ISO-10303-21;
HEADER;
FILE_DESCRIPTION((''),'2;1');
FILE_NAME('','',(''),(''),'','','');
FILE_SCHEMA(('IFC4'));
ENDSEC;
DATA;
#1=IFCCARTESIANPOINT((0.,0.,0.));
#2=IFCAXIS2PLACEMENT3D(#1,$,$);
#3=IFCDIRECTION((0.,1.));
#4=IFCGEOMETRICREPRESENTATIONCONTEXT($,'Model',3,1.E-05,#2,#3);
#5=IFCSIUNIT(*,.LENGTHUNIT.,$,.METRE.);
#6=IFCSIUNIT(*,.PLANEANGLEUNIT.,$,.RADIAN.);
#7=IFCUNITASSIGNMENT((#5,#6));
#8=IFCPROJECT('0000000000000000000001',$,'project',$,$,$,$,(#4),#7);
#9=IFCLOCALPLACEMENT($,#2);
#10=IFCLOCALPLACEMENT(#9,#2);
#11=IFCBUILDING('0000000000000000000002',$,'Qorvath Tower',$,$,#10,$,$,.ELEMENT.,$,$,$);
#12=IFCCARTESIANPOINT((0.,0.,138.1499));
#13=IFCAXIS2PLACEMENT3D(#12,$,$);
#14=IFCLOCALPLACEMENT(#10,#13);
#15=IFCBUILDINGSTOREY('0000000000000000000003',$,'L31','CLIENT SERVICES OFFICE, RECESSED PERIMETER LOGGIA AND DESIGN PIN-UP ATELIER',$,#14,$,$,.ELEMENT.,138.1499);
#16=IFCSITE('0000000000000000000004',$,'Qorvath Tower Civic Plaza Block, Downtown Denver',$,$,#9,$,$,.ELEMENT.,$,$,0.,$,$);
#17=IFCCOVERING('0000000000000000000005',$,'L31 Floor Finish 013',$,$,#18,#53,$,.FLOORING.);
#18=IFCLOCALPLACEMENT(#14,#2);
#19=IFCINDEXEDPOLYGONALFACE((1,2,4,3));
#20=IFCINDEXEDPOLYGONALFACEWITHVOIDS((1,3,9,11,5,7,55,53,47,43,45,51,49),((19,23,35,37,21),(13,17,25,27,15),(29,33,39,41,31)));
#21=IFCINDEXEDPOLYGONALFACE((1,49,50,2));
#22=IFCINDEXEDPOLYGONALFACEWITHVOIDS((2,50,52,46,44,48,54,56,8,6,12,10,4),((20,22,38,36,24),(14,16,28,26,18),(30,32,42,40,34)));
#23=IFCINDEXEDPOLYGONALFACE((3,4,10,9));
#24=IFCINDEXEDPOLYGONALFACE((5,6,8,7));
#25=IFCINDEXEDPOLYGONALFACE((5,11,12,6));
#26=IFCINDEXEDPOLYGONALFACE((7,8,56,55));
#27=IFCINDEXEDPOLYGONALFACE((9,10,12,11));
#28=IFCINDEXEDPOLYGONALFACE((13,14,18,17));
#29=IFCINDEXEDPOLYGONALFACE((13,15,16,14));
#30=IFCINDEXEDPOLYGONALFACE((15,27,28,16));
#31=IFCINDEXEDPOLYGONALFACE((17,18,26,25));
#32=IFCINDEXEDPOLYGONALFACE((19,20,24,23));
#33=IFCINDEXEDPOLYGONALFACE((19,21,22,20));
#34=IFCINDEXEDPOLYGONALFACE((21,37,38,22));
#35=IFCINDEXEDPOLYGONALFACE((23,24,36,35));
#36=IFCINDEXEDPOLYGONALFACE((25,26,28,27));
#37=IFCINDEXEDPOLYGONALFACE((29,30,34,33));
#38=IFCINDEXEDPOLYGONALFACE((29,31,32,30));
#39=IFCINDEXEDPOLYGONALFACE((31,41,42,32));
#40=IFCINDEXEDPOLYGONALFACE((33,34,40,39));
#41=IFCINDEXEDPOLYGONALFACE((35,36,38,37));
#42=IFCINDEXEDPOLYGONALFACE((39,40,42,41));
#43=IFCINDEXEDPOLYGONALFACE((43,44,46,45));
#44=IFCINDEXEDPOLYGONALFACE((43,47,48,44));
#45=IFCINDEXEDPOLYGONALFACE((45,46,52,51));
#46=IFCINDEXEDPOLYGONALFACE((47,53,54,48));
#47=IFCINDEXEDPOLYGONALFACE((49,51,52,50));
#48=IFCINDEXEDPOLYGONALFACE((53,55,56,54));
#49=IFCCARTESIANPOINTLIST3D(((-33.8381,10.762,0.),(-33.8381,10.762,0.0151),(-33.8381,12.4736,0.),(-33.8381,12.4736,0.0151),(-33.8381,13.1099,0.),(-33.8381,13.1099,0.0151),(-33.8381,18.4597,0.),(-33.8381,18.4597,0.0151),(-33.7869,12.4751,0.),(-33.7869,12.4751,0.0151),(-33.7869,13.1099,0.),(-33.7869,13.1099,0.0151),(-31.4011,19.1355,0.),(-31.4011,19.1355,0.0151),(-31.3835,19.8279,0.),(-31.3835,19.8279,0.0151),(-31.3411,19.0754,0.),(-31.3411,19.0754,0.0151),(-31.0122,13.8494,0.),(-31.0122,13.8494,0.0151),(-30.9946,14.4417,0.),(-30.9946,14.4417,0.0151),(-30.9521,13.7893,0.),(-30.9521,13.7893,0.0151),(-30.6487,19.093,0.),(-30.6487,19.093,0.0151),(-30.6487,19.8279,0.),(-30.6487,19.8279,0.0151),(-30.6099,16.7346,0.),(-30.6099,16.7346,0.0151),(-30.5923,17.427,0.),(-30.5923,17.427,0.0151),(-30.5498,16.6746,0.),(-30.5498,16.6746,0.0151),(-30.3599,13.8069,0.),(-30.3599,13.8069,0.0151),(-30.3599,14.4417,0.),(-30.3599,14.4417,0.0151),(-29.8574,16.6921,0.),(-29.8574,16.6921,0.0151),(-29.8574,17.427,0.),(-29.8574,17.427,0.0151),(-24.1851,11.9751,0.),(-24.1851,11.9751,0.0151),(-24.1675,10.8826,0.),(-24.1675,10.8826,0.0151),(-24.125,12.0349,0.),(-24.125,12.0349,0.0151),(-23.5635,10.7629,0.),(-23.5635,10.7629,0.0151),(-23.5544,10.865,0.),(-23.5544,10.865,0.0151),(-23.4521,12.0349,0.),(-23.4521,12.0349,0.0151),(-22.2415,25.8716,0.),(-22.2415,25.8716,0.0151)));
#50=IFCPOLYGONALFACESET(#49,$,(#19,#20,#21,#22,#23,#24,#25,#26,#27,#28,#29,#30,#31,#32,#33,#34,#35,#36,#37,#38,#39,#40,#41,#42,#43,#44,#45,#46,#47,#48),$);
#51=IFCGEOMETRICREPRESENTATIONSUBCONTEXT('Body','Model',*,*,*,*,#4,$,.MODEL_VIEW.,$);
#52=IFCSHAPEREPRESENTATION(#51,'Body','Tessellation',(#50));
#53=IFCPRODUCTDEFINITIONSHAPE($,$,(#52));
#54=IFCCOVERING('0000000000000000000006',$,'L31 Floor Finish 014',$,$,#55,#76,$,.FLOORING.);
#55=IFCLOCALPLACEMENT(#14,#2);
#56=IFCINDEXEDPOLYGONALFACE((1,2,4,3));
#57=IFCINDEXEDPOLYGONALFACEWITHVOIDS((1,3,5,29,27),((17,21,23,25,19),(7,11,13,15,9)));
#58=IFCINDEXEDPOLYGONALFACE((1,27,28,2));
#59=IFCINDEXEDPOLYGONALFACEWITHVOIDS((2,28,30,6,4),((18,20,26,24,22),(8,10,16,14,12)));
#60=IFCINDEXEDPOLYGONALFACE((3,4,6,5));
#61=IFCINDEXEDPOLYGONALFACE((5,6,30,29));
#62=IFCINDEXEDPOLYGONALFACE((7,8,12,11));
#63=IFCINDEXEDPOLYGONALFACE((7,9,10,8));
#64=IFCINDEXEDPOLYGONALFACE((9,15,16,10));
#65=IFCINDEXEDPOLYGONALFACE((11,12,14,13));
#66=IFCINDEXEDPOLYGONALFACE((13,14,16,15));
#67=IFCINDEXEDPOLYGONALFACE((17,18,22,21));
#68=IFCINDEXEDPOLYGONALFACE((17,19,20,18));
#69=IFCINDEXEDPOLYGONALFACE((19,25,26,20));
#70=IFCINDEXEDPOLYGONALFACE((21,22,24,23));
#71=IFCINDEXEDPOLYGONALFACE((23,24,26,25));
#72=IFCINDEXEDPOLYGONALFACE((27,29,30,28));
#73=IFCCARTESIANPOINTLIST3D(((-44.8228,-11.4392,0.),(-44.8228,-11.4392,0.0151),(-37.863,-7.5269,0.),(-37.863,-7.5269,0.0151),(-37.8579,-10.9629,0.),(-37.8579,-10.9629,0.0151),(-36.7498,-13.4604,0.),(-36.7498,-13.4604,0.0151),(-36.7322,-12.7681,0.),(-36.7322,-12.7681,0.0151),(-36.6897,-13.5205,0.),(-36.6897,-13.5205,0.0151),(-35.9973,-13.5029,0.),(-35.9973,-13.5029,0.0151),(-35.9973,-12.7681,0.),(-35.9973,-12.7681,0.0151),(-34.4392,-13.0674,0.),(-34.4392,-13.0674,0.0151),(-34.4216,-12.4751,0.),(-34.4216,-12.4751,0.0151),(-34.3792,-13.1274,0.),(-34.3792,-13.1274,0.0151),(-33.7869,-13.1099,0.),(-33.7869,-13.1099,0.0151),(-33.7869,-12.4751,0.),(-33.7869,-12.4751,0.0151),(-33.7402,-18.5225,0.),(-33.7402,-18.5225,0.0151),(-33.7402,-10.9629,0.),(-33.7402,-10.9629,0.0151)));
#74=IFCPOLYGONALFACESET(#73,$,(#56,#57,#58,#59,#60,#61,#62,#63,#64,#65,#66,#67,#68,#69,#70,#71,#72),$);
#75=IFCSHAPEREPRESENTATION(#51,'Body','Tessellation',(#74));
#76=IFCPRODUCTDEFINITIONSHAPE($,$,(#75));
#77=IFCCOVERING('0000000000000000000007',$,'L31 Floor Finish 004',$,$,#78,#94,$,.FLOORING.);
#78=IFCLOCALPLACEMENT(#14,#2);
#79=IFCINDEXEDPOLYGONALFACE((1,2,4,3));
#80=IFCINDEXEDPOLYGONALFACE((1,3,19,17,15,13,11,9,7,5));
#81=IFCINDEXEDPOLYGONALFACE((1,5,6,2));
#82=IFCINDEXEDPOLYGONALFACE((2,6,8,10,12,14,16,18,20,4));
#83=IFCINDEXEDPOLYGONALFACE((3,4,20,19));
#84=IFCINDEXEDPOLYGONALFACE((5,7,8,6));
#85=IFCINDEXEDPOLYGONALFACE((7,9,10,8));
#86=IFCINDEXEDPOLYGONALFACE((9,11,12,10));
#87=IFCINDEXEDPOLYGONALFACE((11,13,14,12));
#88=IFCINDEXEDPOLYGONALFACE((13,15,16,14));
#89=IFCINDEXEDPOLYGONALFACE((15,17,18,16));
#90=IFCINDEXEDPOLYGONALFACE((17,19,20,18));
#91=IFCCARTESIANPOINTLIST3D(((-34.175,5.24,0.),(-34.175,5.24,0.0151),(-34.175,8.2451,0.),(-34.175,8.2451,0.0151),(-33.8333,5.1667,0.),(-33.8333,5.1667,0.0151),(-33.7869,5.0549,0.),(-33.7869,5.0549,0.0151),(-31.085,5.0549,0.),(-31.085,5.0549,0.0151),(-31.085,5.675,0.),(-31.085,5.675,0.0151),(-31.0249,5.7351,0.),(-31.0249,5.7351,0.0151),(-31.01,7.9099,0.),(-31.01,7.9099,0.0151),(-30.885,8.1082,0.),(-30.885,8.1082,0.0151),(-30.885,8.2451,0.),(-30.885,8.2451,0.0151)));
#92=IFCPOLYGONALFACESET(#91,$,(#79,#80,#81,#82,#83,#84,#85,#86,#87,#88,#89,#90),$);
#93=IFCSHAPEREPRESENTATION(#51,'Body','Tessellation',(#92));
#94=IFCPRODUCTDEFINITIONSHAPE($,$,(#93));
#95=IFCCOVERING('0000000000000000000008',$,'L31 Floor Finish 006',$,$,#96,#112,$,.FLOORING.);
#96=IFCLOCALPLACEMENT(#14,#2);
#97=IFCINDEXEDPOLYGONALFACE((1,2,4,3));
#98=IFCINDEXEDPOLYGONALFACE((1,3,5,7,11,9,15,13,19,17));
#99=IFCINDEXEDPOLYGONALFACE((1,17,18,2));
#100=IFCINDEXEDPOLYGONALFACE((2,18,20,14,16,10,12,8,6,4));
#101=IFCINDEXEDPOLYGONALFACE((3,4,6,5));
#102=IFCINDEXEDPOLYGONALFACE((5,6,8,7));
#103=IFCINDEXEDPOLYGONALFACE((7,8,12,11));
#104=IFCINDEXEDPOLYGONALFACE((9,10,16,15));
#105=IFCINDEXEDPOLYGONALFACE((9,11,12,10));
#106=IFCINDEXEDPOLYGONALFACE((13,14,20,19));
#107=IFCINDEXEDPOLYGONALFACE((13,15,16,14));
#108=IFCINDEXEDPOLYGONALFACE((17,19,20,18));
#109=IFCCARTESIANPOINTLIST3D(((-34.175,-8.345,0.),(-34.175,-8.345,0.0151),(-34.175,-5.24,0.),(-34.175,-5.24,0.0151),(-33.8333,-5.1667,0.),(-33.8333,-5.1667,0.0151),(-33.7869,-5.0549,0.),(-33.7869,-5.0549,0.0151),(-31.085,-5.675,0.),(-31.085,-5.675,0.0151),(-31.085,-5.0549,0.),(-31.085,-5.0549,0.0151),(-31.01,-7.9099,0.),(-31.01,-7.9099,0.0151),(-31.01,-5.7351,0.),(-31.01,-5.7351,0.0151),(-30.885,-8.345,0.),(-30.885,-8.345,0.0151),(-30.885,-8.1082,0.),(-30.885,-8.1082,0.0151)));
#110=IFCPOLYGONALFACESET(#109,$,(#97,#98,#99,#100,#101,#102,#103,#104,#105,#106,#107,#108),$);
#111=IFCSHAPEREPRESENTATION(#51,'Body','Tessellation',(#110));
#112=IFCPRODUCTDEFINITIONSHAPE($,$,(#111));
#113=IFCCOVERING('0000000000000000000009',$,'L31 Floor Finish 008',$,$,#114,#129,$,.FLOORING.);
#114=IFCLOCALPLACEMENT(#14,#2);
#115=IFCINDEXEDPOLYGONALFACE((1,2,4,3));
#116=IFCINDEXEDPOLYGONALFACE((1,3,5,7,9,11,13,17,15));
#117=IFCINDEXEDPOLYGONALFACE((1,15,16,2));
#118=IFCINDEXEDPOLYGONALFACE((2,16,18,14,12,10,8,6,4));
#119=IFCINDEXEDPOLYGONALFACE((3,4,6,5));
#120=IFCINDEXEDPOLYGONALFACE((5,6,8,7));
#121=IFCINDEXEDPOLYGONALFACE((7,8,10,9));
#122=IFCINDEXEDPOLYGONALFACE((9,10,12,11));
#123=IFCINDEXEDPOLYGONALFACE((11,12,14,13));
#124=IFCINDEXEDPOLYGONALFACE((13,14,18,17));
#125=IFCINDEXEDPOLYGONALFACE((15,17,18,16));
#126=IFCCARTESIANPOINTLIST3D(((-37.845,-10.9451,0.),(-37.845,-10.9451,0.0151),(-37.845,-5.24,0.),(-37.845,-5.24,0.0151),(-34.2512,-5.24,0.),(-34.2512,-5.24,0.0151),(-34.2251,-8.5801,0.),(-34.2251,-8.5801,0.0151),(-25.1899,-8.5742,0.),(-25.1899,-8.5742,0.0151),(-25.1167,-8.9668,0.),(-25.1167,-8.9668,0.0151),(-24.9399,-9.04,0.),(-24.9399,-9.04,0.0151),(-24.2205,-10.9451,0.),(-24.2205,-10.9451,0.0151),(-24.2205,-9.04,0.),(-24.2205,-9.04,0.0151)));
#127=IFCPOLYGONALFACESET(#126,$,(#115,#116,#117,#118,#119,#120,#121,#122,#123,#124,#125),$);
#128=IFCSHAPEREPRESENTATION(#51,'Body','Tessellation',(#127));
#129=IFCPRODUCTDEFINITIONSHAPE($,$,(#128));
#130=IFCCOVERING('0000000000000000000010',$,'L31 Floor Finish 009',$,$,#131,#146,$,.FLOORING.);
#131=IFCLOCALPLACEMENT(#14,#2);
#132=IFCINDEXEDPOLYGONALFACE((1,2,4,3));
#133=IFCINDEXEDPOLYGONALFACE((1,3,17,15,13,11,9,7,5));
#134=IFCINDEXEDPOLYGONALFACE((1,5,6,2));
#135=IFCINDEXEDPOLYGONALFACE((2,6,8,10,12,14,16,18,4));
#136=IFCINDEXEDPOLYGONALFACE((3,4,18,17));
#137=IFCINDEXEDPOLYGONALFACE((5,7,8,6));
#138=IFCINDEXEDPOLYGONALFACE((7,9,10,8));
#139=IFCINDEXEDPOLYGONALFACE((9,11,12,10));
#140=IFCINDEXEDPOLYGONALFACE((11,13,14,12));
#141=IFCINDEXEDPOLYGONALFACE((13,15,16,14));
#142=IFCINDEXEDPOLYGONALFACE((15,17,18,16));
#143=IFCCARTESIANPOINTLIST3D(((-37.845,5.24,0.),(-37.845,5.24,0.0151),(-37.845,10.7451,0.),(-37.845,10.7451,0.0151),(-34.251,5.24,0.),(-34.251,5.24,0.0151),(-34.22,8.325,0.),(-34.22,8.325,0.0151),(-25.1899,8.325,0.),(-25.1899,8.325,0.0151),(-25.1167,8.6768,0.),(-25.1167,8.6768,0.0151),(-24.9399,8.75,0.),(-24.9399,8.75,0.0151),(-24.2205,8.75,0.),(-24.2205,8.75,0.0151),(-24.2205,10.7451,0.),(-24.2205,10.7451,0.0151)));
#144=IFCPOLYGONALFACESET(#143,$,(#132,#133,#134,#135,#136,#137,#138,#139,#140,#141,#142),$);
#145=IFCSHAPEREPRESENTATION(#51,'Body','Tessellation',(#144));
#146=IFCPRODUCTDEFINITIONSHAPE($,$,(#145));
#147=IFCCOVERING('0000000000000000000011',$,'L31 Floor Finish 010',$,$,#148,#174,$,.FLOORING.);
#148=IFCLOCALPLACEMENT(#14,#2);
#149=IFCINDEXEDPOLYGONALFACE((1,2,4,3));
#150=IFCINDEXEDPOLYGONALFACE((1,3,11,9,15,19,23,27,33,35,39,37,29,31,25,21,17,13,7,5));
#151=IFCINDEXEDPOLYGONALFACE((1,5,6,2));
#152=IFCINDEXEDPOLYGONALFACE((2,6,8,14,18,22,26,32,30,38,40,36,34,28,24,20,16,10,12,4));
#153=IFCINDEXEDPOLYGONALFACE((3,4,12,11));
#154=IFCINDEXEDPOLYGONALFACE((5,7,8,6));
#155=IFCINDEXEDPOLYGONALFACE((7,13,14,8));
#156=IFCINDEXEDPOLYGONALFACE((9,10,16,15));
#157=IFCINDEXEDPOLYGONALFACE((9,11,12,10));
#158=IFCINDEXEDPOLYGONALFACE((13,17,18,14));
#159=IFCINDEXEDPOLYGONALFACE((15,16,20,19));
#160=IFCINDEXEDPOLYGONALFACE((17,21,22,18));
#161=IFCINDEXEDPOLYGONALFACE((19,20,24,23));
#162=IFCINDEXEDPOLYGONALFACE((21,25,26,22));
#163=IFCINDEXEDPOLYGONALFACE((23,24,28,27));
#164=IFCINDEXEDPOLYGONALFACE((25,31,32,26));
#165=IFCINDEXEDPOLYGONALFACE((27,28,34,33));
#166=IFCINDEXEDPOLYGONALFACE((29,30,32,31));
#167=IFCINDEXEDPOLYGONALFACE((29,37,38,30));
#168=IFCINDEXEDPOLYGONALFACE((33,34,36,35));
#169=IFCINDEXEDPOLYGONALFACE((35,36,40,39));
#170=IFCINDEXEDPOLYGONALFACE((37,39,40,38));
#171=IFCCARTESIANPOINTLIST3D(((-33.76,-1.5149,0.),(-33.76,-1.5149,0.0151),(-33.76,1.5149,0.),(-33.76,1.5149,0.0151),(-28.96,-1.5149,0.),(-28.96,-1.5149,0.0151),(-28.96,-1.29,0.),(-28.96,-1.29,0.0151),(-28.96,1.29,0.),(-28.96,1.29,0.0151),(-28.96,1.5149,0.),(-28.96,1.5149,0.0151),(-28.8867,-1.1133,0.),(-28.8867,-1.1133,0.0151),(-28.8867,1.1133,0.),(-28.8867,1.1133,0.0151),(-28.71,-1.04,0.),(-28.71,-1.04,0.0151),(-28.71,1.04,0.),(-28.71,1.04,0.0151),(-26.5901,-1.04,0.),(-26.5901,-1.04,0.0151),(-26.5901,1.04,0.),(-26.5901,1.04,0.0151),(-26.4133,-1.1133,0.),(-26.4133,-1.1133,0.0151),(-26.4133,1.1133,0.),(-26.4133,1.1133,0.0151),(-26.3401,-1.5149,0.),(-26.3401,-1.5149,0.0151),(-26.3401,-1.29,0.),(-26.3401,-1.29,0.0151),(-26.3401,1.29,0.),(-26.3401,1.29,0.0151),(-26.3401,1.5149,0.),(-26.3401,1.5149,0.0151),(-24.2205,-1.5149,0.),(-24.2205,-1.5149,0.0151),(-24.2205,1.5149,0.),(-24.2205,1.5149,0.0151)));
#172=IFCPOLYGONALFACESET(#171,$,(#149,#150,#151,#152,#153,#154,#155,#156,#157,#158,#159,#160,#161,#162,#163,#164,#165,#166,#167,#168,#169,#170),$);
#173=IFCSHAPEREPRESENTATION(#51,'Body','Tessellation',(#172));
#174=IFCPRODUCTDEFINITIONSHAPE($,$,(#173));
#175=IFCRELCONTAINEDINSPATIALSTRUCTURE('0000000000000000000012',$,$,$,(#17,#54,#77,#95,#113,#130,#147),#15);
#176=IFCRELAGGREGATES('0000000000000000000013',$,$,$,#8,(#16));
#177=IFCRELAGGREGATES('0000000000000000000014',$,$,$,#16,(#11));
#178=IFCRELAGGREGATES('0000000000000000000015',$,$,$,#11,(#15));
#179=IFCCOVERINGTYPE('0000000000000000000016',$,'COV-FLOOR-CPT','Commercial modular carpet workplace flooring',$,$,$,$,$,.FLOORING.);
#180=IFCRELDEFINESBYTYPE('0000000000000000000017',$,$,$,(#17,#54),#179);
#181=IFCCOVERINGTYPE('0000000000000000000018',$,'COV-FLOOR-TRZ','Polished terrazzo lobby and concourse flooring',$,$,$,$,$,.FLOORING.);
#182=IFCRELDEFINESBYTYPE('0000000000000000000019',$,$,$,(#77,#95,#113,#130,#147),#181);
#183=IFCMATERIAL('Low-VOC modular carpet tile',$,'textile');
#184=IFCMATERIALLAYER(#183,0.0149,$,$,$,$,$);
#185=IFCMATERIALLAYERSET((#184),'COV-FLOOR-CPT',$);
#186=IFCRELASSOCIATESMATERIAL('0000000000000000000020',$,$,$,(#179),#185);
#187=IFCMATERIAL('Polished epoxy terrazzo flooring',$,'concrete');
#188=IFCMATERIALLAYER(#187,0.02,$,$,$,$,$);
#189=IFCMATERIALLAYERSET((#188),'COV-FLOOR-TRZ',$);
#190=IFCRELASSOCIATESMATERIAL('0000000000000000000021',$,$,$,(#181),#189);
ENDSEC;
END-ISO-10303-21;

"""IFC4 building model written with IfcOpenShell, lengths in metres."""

from ifc_helpers import new_model, si_unit, direction, frame, origin, place, context, subcontext, project, spatial, polyline, outline, extrude, material, layer, layer_set, type_object, element, save


model = new_model("IFC4")

# Units and contexts
model_context = context("Model", 3, precision=1e-05, world=origin(), true_north=direction((0.0, 1.0)))
body_context = subcontext(model_context, "Body", "Model", "MODEL_VIEW")
ifc_project = project(units=[si_unit("LENGTHUNIT", "METRE"), si_unit("PLANEANGLEUNIT", "RADIAN")], contexts=[model_context])

# Site, building, storey
site_placement = place(None, origin())
site = spatial("IfcSite", under=ifc_project, at=site_placement, Name="Qorvath Tower Civic Plaza Block, Downtown Denver", CompositionType="ELEMENT", RefElevation=0.0)
building_placement = place(site_placement, origin())
building = spatial("IfcBuilding", under=site, at=building_placement, Name="Qorvath Tower", CompositionType="ELEMENT")
storey_placement = place(building_placement, frame((0.0, 0.0, 138.1499)))
storey = spatial("IfcBuildingStorey", under=building, at=storey_placement, Name="L31", Description="CLIENT SERVICES OFFICE, RECESSED PERIMETER LOGGIA AND DESIGN PIN-UP ATELIER", CompositionType="ELEMENT", Elevation=138.1499)

# Coverings
ifc_material_1 = material(Name="Low-VOC modular carpet tile", Category="textile")
ifc_layer_1 = layer(ifc_material_1, 0.0149)
ifc_layer_set_1 = layer_set([ifc_layer_1], Name="COV-FLOOR-CPT")
covering_type_1 = type_object("IfcCoveringType", Name="COV-FLOOR-CPT", Description="Commercial modular carpet workplace flooring", PredefinedType="FLOORING", material=ifc_layer_set_1)
covering_1_placement = place(storey_placement, origin())
element("IfcCovering", 1, at=covering_1_placement, inside=storey, type_object=covering_type_1, Name="L31 Floor Finish 013", PredefinedType="FLOORING", context=body_context, shape_type="SweptSolid", body=[
    extrude(outline(polyline([(-33.8381, 18.4597), (-33.8381, 13.1099), (-33.7869, 13.1099), (-33.7869, 12.4751), (-33.8381, 12.4736), (-33.8381, 10.762), (-23.5635, 10.7629), (-23.5544, 10.865), (-24.1675, 10.8826), (-24.1851, 11.9751), (-24.125, 12.0349), (-23.4521, 12.0349), (-22.2415, 25.8716), (-33.8381, 18.4597)]), holes=[polyline([(-30.6099, 16.7346), (-30.5923, 17.427), (-29.8574, 17.427), (-29.8574, 16.6921), (-30.5498, 16.6746), (-30.6099, 16.7346)]), polyline([(-31.0122, 13.8494), (-30.9946, 14.4417), (-30.3599, 14.4417), (-30.3599, 13.8069), (-30.9521, 13.7893), (-31.0122, 13.8494)]), polyline([(-31.4011, 19.1355), (-31.3835, 19.8279), (-30.6487, 19.8279), (-30.6487, 19.093), (-31.3411, 19.0754), (-31.4011, 19.1355)])]), origin(), (0.0, 0.0, 1.0), 0.0151),
])
covering_2_placement = place(storey_placement, origin())
element("IfcCovering", 2, at=covering_2_placement, inside=storey, type_object=covering_type_1, Name="L31 Floor Finish 014", PredefinedType="FLOORING", context=body_context, shape_type="SweptSolid", body=[
    extrude(outline(polyline([(-33.7402, -18.5225), (-33.7402, -10.9629), (-37.8579, -10.9629), (-37.863, -7.5269), (-44.8228, -11.4392), (-33.7402, -18.5225)]), holes=[polyline([(-34.4392, -13.0674), (-34.4216, -12.4751), (-33.7869, -12.4751), (-33.7869, -13.1099), (-34.3792, -13.1274), (-34.4392, -13.0674)]), polyline([(-36.7498, -13.4604), (-36.7322, -12.7681), (-35.9973, -12.7681), (-35.9973, -13.5029), (-36.6897, -13.5205), (-36.7498, -13.4604)])]), origin(), (0.0, 0.0, 1.0), 0.0151),
])
ifc_material_2 = material(Name="Polished epoxy terrazzo flooring", Category="concrete")
ifc_layer_2 = layer(ifc_material_2, 0.02)
ifc_layer_set_2 = layer_set([ifc_layer_2], Name="COV-FLOOR-TRZ")
covering_type_2 = type_object("IfcCoveringType", Name="COV-FLOOR-TRZ", Description="Polished terrazzo lobby and concourse flooring", PredefinedType="FLOORING", material=ifc_layer_set_2)
covering_3_placement = place(storey_placement, origin())
element("IfcCovering", 3, at=covering_3_placement, inside=storey, type_object=covering_type_2, Name="L31 Floor Finish 004", PredefinedType="FLOORING", context=body_context, shape_type="SweptSolid", body=[
    extrude(outline(polyline([(-31.01, 7.9099), (-30.885, 8.1082), (-30.885, 8.2451), (-34.175, 8.2451), (-34.175, 5.24), (-33.8333, 5.1667), (-33.7869, 5.0549), (-31.085, 5.0549), (-31.085, 5.675), (-31.0249, 5.7351), (-31.01, 7.9099)])), origin(), (0.0, 0.0, 1.0), 0.0151),
])
covering_4_placement = place(storey_placement, origin())
element("IfcCovering", 4, at=covering_4_placement, inside=storey, type_object=covering_type_2, Name="L31 Floor Finish 006", PredefinedType="FLOORING", context=body_context, shape_type="SweptSolid", body=[
    extrude(outline(polyline([(-31.085, -5.0549), (-33.7869, -5.0549), (-33.8333, -5.1667), (-34.175, -5.24), (-34.175, -8.345), (-30.885, -8.345), (-30.885, -8.1082), (-31.01, -7.9099), (-31.01, -5.7351), (-31.085, -5.675), (-31.085, -5.0549)])), origin(), (0.0, 0.0, 1.0), 0.0151),
])
covering_5_placement = place(storey_placement, origin())
element("IfcCovering", 5, at=covering_5_placement, inside=storey, type_object=covering_type_2, Name="L31 Floor Finish 008", PredefinedType="FLOORING", context=body_context, shape_type="SweptSolid", body=[
    extrude(outline(polyline([(-34.2251, -8.5801), (-34.2512, -5.24), (-37.845, -5.24), (-37.845, -10.9451), (-24.2205, -10.9451), (-24.2205, -9.04), (-24.9399, -9.04), (-25.1167, -8.9668), (-25.1899, -8.5742), (-34.2251, -8.5801)])), origin(), (0.0, 0.0, 1.0), 0.0151),
])
covering_6_placement = place(storey_placement, origin())
element("IfcCovering", 6, at=covering_6_placement, inside=storey, type_object=covering_type_2, Name="L31 Floor Finish 009", PredefinedType="FLOORING", context=body_context, shape_type="SweptSolid", body=[
    extrude(outline(polyline([(-24.2205, 8.75), (-24.2205, 10.7451), (-37.845, 10.7451), (-37.845, 5.24), (-34.251, 5.24), (-34.22, 8.325), (-25.1899, 8.325), (-25.1167, 8.6768), (-24.9399, 8.75), (-24.2205, 8.75)])), origin(), (0.0, 0.0, 1.0), 0.0151),
])
covering_7_placement = place(storey_placement, origin())
element("IfcCovering", 7, at=covering_7_placement, inside=storey, type_object=covering_type_2, Name="L31 Floor Finish 010", PredefinedType="FLOORING", context=body_context, shape_type="SweptSolid", body=[
    extrude(outline(polyline([(-24.2205, -1.5149), (-24.2205, 1.5149), (-26.3401, 1.5149), (-26.3401, 1.29), (-26.4133, 1.1133), (-26.5901, 1.04), (-28.71, 1.04), (-28.8867, 1.1133), (-28.96, 1.29), (-28.96, 1.5149), (-33.76, 1.5149), (-33.76, -1.5149), (-28.96, -1.5149), (-28.96, -1.29), (-28.8867, -1.1133), (-28.71, -1.04), (-26.5901, -1.04), (-26.4133, -1.1133), (-26.3401, -1.29), (-26.3401, -1.5149), (-24.2205, -1.5149)])), origin(), (0.0, 0.0, 1.0), 0.0151),
])

save(model, "model.ifc")
